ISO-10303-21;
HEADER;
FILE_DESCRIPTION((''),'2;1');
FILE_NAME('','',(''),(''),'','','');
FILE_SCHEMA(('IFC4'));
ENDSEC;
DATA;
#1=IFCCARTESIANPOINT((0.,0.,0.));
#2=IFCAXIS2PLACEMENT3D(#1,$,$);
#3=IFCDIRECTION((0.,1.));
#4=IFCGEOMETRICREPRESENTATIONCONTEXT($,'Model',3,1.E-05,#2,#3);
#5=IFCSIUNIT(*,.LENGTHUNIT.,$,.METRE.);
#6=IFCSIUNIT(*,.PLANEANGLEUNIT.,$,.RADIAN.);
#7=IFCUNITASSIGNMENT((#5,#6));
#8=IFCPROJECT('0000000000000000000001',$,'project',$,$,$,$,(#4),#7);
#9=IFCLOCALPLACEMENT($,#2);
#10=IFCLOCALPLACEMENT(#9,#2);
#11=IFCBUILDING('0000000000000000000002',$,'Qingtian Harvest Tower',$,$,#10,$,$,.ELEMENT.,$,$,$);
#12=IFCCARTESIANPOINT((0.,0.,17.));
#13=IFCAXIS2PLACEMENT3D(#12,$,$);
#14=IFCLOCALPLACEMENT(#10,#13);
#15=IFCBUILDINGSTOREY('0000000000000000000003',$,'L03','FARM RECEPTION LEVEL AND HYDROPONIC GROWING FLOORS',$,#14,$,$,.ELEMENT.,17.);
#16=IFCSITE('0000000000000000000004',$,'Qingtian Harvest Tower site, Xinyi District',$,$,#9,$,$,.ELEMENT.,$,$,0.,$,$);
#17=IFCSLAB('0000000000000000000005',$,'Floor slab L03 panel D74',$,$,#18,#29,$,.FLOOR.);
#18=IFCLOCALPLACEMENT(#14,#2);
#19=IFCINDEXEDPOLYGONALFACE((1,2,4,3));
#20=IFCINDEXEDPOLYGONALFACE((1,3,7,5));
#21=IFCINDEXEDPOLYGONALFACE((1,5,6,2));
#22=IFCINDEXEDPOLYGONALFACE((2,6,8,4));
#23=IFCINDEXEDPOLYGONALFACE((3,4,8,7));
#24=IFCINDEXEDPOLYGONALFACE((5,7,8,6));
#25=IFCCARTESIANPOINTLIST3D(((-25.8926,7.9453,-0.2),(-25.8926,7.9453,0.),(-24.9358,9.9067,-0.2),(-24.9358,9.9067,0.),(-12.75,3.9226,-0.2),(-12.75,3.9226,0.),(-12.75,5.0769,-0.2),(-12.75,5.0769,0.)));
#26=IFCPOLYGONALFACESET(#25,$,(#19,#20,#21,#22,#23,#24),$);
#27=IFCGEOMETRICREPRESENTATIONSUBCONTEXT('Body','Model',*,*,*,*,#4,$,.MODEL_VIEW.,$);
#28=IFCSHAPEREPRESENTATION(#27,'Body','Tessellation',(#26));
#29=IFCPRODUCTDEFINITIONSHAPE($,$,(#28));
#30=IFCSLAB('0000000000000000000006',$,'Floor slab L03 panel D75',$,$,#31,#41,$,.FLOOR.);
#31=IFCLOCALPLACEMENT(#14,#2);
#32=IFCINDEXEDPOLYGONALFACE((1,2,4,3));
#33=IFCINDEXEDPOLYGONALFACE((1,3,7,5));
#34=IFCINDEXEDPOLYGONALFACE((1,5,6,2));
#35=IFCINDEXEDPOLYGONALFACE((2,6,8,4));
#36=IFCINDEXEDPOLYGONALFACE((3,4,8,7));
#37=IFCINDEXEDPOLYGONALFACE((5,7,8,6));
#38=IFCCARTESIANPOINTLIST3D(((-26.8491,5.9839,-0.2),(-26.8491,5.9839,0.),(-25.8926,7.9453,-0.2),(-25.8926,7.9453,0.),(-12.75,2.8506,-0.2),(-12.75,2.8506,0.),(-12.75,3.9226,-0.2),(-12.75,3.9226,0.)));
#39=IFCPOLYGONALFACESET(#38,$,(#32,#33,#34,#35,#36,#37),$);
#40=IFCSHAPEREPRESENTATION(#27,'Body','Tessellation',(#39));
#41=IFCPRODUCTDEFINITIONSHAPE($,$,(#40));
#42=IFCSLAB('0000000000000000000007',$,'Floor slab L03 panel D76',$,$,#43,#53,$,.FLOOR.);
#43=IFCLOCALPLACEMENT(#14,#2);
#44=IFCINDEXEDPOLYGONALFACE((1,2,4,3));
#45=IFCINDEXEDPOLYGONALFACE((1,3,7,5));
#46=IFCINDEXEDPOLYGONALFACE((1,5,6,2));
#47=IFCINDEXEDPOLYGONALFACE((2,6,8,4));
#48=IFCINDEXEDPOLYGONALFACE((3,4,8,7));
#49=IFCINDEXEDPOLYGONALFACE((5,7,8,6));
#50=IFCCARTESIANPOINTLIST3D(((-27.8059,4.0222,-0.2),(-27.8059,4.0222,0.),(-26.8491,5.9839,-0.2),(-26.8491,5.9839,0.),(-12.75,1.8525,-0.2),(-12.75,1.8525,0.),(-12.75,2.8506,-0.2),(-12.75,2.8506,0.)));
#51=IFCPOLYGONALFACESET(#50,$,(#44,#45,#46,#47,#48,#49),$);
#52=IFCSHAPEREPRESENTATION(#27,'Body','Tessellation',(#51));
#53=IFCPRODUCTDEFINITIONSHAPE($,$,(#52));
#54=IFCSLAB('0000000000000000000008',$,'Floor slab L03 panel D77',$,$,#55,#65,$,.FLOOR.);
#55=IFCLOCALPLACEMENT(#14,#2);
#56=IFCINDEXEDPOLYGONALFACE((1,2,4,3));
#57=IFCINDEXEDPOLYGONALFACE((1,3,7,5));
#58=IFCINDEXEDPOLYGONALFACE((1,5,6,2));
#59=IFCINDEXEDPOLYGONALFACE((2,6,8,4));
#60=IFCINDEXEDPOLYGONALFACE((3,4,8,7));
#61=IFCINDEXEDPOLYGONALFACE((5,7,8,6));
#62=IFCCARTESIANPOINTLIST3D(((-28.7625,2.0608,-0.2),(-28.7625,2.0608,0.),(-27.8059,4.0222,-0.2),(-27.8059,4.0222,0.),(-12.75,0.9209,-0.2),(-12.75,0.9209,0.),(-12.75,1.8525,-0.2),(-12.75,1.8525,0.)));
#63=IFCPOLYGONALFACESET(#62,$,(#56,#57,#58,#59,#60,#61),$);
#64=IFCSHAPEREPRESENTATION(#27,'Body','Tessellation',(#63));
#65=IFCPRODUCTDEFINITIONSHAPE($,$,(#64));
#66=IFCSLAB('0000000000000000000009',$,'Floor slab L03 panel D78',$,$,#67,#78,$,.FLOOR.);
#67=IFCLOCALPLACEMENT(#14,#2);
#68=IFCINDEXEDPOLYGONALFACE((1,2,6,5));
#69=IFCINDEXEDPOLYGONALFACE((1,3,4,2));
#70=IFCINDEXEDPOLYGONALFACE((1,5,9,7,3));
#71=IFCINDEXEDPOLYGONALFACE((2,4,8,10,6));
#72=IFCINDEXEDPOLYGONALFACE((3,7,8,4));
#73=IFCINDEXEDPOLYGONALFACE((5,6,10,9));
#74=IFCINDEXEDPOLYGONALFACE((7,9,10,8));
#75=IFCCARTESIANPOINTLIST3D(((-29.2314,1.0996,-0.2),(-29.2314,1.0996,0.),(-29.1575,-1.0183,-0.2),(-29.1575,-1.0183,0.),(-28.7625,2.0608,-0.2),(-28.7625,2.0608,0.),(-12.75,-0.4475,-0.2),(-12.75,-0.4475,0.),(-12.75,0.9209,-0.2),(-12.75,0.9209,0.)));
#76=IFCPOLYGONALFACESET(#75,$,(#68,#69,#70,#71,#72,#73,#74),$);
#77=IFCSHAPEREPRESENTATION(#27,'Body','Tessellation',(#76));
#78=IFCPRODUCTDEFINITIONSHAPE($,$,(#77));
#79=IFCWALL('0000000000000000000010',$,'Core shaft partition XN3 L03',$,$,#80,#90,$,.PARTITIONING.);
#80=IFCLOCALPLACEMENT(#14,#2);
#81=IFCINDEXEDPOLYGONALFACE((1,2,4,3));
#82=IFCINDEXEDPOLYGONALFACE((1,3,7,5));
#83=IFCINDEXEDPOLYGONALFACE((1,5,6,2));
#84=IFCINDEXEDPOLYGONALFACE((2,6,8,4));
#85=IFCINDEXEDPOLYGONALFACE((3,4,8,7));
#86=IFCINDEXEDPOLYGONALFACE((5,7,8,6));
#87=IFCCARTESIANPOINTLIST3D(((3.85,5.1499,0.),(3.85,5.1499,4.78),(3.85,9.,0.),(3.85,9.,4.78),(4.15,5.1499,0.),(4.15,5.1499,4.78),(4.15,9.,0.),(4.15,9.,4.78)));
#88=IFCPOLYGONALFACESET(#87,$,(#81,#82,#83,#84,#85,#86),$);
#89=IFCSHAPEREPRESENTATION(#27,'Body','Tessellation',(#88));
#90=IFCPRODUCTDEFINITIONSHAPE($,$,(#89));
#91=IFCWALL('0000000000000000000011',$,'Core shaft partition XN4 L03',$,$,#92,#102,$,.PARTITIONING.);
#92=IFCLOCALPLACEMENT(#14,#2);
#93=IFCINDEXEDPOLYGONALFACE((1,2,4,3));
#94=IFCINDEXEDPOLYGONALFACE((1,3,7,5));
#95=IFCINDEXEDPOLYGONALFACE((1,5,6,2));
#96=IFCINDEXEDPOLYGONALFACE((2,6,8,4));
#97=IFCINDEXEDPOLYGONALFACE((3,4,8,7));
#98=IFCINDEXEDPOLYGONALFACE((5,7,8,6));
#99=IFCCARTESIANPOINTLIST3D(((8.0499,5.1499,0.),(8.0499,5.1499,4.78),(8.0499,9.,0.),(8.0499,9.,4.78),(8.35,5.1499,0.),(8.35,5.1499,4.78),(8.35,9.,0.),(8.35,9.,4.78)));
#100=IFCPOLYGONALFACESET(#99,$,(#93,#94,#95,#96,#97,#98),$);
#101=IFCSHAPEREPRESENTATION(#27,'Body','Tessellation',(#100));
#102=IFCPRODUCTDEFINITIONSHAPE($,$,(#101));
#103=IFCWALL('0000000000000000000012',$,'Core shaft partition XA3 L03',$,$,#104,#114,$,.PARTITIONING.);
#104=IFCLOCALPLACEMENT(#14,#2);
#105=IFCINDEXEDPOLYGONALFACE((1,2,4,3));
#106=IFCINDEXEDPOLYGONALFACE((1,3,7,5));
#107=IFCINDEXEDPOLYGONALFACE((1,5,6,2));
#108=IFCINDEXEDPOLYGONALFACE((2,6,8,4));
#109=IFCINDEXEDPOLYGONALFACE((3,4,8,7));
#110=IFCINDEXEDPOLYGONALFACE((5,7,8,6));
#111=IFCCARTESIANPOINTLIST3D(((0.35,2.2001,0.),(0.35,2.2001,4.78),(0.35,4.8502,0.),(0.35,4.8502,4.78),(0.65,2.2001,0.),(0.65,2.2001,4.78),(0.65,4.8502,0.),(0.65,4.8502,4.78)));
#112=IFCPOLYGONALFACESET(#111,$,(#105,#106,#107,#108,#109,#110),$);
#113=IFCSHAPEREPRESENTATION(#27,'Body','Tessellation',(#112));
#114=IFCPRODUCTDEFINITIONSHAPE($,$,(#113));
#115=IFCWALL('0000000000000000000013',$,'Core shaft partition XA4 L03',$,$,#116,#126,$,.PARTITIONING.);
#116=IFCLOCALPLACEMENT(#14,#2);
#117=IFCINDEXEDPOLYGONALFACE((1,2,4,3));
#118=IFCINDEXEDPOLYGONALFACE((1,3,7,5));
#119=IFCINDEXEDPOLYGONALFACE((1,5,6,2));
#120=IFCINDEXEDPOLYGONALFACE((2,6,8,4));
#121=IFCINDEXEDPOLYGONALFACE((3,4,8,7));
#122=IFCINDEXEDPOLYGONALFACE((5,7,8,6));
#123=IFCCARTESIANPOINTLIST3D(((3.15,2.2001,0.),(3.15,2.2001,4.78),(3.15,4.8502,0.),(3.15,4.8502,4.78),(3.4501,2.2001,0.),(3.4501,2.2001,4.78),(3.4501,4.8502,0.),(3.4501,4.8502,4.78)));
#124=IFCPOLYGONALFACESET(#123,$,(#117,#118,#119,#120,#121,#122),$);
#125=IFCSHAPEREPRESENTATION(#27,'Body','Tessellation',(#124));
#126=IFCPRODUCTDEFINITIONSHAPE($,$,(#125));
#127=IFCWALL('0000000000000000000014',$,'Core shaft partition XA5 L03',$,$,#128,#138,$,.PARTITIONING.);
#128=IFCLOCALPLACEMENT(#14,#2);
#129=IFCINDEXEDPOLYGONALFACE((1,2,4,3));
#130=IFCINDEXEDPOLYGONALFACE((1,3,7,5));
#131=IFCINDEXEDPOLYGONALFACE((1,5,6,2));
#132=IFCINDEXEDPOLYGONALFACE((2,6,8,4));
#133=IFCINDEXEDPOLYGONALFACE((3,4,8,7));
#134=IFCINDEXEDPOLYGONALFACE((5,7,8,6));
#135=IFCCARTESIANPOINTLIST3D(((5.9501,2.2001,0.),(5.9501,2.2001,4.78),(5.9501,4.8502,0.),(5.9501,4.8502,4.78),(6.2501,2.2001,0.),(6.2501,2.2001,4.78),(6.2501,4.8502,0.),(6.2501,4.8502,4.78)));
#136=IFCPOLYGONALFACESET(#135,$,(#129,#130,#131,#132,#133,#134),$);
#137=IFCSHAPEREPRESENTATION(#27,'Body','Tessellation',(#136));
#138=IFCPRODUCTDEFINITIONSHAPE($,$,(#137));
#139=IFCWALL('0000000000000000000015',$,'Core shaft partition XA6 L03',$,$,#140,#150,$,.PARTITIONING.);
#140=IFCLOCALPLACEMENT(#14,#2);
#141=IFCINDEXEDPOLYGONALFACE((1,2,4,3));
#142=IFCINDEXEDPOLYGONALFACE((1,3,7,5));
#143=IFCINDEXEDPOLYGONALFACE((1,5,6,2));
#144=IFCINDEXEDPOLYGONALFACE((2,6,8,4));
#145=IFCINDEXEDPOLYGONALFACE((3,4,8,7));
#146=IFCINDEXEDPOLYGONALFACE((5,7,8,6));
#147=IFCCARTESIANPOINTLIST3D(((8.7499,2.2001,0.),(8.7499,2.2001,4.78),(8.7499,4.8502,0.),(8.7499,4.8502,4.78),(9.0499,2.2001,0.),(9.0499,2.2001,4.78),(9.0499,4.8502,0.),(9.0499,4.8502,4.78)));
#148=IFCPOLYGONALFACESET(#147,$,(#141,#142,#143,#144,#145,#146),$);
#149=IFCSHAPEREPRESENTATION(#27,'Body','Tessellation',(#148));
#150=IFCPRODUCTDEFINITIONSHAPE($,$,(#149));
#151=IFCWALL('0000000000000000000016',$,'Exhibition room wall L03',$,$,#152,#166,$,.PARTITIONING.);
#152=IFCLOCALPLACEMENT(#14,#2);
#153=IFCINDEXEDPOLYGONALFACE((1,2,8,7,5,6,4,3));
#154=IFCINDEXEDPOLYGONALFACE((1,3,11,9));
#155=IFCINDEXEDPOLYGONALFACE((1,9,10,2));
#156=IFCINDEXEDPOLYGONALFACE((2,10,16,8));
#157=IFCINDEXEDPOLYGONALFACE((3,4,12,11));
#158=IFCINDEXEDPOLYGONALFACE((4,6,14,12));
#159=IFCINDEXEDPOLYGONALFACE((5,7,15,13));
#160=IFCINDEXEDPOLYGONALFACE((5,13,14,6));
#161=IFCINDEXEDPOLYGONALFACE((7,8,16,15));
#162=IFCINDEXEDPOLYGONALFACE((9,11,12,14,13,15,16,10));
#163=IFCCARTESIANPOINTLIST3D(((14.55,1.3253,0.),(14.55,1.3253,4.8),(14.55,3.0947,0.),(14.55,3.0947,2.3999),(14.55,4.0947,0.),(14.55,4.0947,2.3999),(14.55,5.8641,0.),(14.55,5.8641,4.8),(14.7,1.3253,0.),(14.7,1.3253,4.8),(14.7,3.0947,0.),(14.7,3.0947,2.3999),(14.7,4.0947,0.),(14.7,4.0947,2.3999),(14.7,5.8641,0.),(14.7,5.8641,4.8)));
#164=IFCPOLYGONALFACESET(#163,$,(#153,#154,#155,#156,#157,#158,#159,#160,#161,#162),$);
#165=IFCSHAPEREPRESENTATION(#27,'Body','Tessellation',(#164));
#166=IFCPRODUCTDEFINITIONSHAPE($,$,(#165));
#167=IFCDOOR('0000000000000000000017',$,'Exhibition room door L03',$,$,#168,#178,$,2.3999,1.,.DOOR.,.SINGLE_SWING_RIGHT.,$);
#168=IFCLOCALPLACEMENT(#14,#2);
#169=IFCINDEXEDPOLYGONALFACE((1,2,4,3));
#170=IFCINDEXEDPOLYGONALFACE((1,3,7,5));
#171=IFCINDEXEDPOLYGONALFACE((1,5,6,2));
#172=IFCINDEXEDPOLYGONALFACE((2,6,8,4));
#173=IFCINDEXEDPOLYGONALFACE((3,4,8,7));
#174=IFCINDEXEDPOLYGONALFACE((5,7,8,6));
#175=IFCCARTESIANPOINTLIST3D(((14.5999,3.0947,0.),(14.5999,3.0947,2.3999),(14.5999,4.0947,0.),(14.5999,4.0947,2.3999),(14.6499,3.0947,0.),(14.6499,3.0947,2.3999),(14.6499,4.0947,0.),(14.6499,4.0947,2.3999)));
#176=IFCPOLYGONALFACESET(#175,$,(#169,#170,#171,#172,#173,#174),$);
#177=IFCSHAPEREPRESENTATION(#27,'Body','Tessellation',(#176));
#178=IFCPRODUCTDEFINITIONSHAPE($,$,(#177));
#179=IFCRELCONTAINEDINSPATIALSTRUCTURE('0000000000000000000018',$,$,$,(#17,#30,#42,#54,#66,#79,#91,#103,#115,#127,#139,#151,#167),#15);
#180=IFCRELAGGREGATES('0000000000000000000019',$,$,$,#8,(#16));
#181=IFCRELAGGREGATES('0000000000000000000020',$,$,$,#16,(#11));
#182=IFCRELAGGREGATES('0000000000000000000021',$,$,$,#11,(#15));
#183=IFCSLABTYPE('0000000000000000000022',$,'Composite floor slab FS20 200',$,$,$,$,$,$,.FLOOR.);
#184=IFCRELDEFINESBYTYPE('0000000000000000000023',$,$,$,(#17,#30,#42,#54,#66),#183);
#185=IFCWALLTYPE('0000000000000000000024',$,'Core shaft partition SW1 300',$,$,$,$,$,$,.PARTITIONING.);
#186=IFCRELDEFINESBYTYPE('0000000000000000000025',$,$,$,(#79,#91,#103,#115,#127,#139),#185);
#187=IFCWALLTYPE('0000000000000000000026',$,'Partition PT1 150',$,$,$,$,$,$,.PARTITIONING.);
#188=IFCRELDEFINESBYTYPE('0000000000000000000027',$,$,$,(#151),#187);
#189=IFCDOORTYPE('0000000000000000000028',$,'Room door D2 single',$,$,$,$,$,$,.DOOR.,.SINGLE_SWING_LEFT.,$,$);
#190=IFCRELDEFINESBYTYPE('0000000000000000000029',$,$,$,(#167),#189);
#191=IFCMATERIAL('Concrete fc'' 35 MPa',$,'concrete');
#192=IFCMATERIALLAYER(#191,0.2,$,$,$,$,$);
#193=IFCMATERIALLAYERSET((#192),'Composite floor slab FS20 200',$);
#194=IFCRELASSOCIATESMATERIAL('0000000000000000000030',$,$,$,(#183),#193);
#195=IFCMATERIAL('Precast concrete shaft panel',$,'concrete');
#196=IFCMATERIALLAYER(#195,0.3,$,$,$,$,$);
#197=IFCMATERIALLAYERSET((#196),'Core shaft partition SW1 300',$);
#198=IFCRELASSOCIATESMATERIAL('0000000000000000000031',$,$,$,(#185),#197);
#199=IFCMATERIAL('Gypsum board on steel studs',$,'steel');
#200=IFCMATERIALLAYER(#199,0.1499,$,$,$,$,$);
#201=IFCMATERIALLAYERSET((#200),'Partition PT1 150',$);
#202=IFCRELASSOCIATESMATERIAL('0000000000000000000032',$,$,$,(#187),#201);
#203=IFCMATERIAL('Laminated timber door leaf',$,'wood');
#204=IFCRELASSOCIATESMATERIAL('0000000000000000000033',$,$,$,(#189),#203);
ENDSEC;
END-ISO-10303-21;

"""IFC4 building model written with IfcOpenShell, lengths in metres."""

from ifc_helpers import new_model, si_unit, direction, frame, frame_2d, origin, place, context, subcontext, project, spatial, polyline, rectangle, outline, extrude, material, layer, layer_set, type_object, element, fill, save


model = new_model("IFC4")

# Units and contexts
model_context = context("Model", 3, precision=1e-05, world=origin(), true_north=direction((0.0, 1.0)))
body_context = subcontext(model_context, "Body", "Model", "MODEL_VIEW")
ifc_project = project(units=[si_unit("LENGTHUNIT", "METRE"), si_unit("PLANEANGLEUNIT", "RADIAN")], contexts=[model_context])

# Site, building, storey
site_placement = place(None, origin())
site = spatial("IfcSite", under=ifc_project, at=site_placement, Name="Qingtian Harvest Tower site, Xinyi District", CompositionType="ELEMENT", RefElevation=0.0)
building_placement = place(site_placement, origin())
building = spatial("IfcBuilding", under=site, at=building_placement, Name="Qingtian Harvest Tower", CompositionType="ELEMENT")
storey_placement = place(building_placement, frame((0.0, 0.0, 17.0)))
storey = spatial("IfcBuildingStorey", under=building, at=storey_placement, Name="L03", Description="FARM RECEPTION LEVEL AND HYDROPONIC GROWING FLOORS", CompositionType="ELEMENT", Elevation=17.0)

# Slabs
ifc_material_1 = material(Name="Concrete fc' 35 MPa", Category="concrete")
ifc_layer_1 = layer(ifc_material_1, 0.2)
ifc_layer_set_1 = layer_set([ifc_layer_1], Name="Composite floor slab FS20 200")
slab_type = type_object("IfcSlabType", Name="Composite floor slab FS20 200", PredefinedType="FLOOR", material=ifc_layer_set_1)
slab_1_placement = place(storey_placement, frame((0.0, 0.0, -0.2)))
element("IfcSlab", 1, at=slab_1_placement, inside=storey, type_object=slab_type, Name="Floor slab L03 panel D74", PredefinedType="FLOOR", context=body_context, shape_type="SweptSolid", body=[
    extrude(outline(polyline([(-12.75, 3.9226), (-25.8926, 7.9453), (-24.9358, 9.9067), (-12.75, 5.0769), (-12.75, 3.9226)])), origin(), (0.0, 0.0, 1.0), 0.2),
])
slab_2_placement = place(storey_placement, frame((0.0, 0.0, -0.2)))
element("IfcSlab", 2, at=slab_2_placement, inside=storey, type_object=slab_type, Name="Floor slab L03 panel D75", PredefinedType="FLOOR", context=body_context, shape_type="SweptSolid", body=[
    extrude(outline(polyline([(-12.75, 2.8506), (-26.8491, 5.9839), (-25.8926, 7.9453), (-12.75, 3.9226), (-12.75, 2.8506)])), origin(), (0.0, 0.0, 1.0), 0.2),
])
slab_3_placement = place(storey_placement, frame((0.0, 0.0, -0.2)))
element("IfcSlab", 3, at=slab_3_placement, inside=storey, type_object=slab_type, Name="Floor slab L03 panel D76", PredefinedType="FLOOR", context=body_context, shape_type="SweptSolid", body=[
    extrude(outline(polyline([(-12.75, 1.8525), (-27.8059, 4.0222), (-26.8491, 5.9839), (-12.75, 2.8506), (-12.75, 1.8525)])), origin(), (0.0, 0.0, 1.0), 0.2),
])
slab_4_placement = place(storey_placement, frame((0.0, 0.0, -0.2)))
element("IfcSlab", 4, at=slab_4_placement, inside=storey, type_object=slab_type, Name="Floor slab L03 panel D77", PredefinedType="FLOOR", context=body_context, shape_type="SweptSolid", body=[
    extrude(outline(polyline([(-12.75, 0.9209), (-28.7625, 2.0608), (-27.8059, 4.0222), (-12.75, 1.8525), (-12.75, 0.9209)])), origin(), (0.0, 0.0, 1.0), 0.2),
])
slab_5_placement = place(storey_placement, frame((0.0, 0.0, -0.2)))
element("IfcSlab", 5, at=slab_5_placement, inside=storey, type_object=slab_type, Name="Floor slab L03 panel D78", PredefinedType="FLOOR", context=body_context, shape_type="SweptSolid", body=[
    extrude(outline(polyline([(-12.75, 0.9209), (-12.75, -0.4475), (-29.1575, -1.0183), (-29.2314, 1.0996), (-28.7625, 2.0608), (-12.75, 0.9209)])), origin(), (0.0, 0.0, 1.0), 0.2),
])

# Shared definitions
ifc_material_2 = material(Name="Precast concrete shaft panel", Category="concrete")
ifc_layer_2 = layer(ifc_material_2, 0.3)
ifc_layer_set_2 = layer_set([ifc_layer_2], Name="Core shaft partition SW1 300")
wall_type_1 = type_object("IfcWallType", Name="Core shaft partition SW1 300", PredefinedType="PARTITIONING", material=ifc_layer_set_2)

# Walls
for number, where, z_axis, x_axis, name in (
    (6, (4.0, 5.1499, 0.0), (0.0, 0.0, 1.0), (0.0, 1.0, 0.0), "Core shaft partition XN3 L03"),
    (7, (8.2, 5.1499, 0.0), (0.0, 0.0, 1.0), (0.0, 1.0, 0.0), "Core shaft partition XN4 L03"),
):
    element("IfcWall", number, at=place(storey_placement, frame(where, z_axis=z_axis, x_axis=x_axis)), inside=storey, type_object=wall_type_1, Name=name, PredefinedType="PARTITIONING", context=body_context, shape_type="SweptSolid", body=[
        extrude(rectangle(XDim=3.8501, YDim=0.3, at=frame_2d((1.925, 0.0))), origin(), (0.0, 0.0, 1.0), 4.78),
    ])
for number, where, z_axis, x_axis, name in (
    (8, (0.5, 2.2, 0.0), (0.0, 0.0, 1.0), (0.0, 1.0, 0.0), "Core shaft partition XA3 L03"),
    (9, (3.3, 2.2, 0.0), (0.0, 0.0, 1.0), (0.0, 1.0, 0.0), "Core shaft partition XA4 L03"),
    (10, (6.1001, 2.2, 0.0), (0.0, 0.0, 1.0), (0.0, 1.0, 0.0), "Core shaft partition XA5 L03"),
    (11, (8.8999, 2.2, 0.0), (0.0, 0.0, 1.0), (0.0, 1.0, 0.0), "Core shaft partition XA6 L03"),
):
    element("IfcWall", number, at=place(storey_placement, frame(where, z_axis=z_axis, x_axis=x_axis)), inside=storey, type_object=wall_type_1, Name=name, PredefinedType="PARTITIONING", context=body_context, shape_type="SweptSolid", body=[
        extrude(rectangle(XDim=2.6501, YDim=0.3, at=frame_2d((1.3252, 0.0))), origin(), (0.0, 0.0, 1.0), 4.78),
    ])

# Wall, opening, door
ifc_material_3 = material(Name="Gypsum board on steel studs", Category="steel")
ifc_layer_3 = layer(ifc_material_3, 0.1499)
ifc_layer_set_3 = layer_set([ifc_layer_3], Name="Partition PT1 150")
wall_type_2 = type_object("IfcWallType", Name="Partition PT1 150", PredefinedType="PARTITIONING", material=ifc_layer_set_3)
wall_1_placement = place(storey_placement, frame((14.625, 5.8643, 0.0), z_axis=(0.0, 0.0, 1.0), x_axis=(0.0, -1.0, 0.0)))
wall_1 = element("IfcWall", 12, at=wall_1_placement, inside=storey, type_object=wall_type_2, Name="Exhibition room wall L03", PredefinedType="PARTITIONING", context=body_context, shape_type="SweptSolid", body=[
    extrude(rectangle(XDim=4.5388, YDim=0.1499, at=frame_2d((2.2695, 0.0))), origin(), (0.0, 0.0, 1.0), 4.8),
])
opening_1_placement = place(wall_1_placement, frame((1.7695, 0.0, 0.0)))
opening_1 = element("IfcOpeningElement", 13, at=opening_1_placement, cuts=wall_1, PredefinedType="OPENING", context=body_context, shape_type="SweptSolid", body=[
    extrude(rectangle(XDim=1.0, YDim=2.3999, at=frame_2d((0.5, 1.2))), frame((0.0, 0.085, 0.0), z_axis=(0.0, -1.0, 0.0), x_axis=(1.0, 0.0, 0.0)), (0.0, 0.0, 1.0), 0.1699),
])
ifc_material_4 = material(Name="Laminated timber door leaf", Category="wood")
door_type_1 = type_object("IfcDoorType", Name="Room door D2 single", OperationType="SINGLE_SWING_LEFT", PredefinedType="DOOR", material=ifc_material_4)
door_1_placement = place(opening_1_placement, origin())
door_1 = element("IfcDoor", 14, at=door_1_placement, inside=storey, type_object=door_type_1, Name="Exhibition room door L03", OperationType="SINGLE_SWING_RIGHT", OverallHeight=2.3999, OverallWidth=1.0, PredefinedType="DOOR", context=body_context, shape_type="SweptSolid", body=[
    extrude(rectangle(XDim=1.0, YDim=2.3999, at=frame_2d((0.5, 1.2))), frame((0.0, 0.0249, 0.0), z_axis=(0.0, -1.0, 0.0), x_axis=(1.0, 0.0, 0.0)), (0.0, 0.0, 1.0), 0.05),
])
fill(opening_1, door_1)

save(model, "model.ifc")
